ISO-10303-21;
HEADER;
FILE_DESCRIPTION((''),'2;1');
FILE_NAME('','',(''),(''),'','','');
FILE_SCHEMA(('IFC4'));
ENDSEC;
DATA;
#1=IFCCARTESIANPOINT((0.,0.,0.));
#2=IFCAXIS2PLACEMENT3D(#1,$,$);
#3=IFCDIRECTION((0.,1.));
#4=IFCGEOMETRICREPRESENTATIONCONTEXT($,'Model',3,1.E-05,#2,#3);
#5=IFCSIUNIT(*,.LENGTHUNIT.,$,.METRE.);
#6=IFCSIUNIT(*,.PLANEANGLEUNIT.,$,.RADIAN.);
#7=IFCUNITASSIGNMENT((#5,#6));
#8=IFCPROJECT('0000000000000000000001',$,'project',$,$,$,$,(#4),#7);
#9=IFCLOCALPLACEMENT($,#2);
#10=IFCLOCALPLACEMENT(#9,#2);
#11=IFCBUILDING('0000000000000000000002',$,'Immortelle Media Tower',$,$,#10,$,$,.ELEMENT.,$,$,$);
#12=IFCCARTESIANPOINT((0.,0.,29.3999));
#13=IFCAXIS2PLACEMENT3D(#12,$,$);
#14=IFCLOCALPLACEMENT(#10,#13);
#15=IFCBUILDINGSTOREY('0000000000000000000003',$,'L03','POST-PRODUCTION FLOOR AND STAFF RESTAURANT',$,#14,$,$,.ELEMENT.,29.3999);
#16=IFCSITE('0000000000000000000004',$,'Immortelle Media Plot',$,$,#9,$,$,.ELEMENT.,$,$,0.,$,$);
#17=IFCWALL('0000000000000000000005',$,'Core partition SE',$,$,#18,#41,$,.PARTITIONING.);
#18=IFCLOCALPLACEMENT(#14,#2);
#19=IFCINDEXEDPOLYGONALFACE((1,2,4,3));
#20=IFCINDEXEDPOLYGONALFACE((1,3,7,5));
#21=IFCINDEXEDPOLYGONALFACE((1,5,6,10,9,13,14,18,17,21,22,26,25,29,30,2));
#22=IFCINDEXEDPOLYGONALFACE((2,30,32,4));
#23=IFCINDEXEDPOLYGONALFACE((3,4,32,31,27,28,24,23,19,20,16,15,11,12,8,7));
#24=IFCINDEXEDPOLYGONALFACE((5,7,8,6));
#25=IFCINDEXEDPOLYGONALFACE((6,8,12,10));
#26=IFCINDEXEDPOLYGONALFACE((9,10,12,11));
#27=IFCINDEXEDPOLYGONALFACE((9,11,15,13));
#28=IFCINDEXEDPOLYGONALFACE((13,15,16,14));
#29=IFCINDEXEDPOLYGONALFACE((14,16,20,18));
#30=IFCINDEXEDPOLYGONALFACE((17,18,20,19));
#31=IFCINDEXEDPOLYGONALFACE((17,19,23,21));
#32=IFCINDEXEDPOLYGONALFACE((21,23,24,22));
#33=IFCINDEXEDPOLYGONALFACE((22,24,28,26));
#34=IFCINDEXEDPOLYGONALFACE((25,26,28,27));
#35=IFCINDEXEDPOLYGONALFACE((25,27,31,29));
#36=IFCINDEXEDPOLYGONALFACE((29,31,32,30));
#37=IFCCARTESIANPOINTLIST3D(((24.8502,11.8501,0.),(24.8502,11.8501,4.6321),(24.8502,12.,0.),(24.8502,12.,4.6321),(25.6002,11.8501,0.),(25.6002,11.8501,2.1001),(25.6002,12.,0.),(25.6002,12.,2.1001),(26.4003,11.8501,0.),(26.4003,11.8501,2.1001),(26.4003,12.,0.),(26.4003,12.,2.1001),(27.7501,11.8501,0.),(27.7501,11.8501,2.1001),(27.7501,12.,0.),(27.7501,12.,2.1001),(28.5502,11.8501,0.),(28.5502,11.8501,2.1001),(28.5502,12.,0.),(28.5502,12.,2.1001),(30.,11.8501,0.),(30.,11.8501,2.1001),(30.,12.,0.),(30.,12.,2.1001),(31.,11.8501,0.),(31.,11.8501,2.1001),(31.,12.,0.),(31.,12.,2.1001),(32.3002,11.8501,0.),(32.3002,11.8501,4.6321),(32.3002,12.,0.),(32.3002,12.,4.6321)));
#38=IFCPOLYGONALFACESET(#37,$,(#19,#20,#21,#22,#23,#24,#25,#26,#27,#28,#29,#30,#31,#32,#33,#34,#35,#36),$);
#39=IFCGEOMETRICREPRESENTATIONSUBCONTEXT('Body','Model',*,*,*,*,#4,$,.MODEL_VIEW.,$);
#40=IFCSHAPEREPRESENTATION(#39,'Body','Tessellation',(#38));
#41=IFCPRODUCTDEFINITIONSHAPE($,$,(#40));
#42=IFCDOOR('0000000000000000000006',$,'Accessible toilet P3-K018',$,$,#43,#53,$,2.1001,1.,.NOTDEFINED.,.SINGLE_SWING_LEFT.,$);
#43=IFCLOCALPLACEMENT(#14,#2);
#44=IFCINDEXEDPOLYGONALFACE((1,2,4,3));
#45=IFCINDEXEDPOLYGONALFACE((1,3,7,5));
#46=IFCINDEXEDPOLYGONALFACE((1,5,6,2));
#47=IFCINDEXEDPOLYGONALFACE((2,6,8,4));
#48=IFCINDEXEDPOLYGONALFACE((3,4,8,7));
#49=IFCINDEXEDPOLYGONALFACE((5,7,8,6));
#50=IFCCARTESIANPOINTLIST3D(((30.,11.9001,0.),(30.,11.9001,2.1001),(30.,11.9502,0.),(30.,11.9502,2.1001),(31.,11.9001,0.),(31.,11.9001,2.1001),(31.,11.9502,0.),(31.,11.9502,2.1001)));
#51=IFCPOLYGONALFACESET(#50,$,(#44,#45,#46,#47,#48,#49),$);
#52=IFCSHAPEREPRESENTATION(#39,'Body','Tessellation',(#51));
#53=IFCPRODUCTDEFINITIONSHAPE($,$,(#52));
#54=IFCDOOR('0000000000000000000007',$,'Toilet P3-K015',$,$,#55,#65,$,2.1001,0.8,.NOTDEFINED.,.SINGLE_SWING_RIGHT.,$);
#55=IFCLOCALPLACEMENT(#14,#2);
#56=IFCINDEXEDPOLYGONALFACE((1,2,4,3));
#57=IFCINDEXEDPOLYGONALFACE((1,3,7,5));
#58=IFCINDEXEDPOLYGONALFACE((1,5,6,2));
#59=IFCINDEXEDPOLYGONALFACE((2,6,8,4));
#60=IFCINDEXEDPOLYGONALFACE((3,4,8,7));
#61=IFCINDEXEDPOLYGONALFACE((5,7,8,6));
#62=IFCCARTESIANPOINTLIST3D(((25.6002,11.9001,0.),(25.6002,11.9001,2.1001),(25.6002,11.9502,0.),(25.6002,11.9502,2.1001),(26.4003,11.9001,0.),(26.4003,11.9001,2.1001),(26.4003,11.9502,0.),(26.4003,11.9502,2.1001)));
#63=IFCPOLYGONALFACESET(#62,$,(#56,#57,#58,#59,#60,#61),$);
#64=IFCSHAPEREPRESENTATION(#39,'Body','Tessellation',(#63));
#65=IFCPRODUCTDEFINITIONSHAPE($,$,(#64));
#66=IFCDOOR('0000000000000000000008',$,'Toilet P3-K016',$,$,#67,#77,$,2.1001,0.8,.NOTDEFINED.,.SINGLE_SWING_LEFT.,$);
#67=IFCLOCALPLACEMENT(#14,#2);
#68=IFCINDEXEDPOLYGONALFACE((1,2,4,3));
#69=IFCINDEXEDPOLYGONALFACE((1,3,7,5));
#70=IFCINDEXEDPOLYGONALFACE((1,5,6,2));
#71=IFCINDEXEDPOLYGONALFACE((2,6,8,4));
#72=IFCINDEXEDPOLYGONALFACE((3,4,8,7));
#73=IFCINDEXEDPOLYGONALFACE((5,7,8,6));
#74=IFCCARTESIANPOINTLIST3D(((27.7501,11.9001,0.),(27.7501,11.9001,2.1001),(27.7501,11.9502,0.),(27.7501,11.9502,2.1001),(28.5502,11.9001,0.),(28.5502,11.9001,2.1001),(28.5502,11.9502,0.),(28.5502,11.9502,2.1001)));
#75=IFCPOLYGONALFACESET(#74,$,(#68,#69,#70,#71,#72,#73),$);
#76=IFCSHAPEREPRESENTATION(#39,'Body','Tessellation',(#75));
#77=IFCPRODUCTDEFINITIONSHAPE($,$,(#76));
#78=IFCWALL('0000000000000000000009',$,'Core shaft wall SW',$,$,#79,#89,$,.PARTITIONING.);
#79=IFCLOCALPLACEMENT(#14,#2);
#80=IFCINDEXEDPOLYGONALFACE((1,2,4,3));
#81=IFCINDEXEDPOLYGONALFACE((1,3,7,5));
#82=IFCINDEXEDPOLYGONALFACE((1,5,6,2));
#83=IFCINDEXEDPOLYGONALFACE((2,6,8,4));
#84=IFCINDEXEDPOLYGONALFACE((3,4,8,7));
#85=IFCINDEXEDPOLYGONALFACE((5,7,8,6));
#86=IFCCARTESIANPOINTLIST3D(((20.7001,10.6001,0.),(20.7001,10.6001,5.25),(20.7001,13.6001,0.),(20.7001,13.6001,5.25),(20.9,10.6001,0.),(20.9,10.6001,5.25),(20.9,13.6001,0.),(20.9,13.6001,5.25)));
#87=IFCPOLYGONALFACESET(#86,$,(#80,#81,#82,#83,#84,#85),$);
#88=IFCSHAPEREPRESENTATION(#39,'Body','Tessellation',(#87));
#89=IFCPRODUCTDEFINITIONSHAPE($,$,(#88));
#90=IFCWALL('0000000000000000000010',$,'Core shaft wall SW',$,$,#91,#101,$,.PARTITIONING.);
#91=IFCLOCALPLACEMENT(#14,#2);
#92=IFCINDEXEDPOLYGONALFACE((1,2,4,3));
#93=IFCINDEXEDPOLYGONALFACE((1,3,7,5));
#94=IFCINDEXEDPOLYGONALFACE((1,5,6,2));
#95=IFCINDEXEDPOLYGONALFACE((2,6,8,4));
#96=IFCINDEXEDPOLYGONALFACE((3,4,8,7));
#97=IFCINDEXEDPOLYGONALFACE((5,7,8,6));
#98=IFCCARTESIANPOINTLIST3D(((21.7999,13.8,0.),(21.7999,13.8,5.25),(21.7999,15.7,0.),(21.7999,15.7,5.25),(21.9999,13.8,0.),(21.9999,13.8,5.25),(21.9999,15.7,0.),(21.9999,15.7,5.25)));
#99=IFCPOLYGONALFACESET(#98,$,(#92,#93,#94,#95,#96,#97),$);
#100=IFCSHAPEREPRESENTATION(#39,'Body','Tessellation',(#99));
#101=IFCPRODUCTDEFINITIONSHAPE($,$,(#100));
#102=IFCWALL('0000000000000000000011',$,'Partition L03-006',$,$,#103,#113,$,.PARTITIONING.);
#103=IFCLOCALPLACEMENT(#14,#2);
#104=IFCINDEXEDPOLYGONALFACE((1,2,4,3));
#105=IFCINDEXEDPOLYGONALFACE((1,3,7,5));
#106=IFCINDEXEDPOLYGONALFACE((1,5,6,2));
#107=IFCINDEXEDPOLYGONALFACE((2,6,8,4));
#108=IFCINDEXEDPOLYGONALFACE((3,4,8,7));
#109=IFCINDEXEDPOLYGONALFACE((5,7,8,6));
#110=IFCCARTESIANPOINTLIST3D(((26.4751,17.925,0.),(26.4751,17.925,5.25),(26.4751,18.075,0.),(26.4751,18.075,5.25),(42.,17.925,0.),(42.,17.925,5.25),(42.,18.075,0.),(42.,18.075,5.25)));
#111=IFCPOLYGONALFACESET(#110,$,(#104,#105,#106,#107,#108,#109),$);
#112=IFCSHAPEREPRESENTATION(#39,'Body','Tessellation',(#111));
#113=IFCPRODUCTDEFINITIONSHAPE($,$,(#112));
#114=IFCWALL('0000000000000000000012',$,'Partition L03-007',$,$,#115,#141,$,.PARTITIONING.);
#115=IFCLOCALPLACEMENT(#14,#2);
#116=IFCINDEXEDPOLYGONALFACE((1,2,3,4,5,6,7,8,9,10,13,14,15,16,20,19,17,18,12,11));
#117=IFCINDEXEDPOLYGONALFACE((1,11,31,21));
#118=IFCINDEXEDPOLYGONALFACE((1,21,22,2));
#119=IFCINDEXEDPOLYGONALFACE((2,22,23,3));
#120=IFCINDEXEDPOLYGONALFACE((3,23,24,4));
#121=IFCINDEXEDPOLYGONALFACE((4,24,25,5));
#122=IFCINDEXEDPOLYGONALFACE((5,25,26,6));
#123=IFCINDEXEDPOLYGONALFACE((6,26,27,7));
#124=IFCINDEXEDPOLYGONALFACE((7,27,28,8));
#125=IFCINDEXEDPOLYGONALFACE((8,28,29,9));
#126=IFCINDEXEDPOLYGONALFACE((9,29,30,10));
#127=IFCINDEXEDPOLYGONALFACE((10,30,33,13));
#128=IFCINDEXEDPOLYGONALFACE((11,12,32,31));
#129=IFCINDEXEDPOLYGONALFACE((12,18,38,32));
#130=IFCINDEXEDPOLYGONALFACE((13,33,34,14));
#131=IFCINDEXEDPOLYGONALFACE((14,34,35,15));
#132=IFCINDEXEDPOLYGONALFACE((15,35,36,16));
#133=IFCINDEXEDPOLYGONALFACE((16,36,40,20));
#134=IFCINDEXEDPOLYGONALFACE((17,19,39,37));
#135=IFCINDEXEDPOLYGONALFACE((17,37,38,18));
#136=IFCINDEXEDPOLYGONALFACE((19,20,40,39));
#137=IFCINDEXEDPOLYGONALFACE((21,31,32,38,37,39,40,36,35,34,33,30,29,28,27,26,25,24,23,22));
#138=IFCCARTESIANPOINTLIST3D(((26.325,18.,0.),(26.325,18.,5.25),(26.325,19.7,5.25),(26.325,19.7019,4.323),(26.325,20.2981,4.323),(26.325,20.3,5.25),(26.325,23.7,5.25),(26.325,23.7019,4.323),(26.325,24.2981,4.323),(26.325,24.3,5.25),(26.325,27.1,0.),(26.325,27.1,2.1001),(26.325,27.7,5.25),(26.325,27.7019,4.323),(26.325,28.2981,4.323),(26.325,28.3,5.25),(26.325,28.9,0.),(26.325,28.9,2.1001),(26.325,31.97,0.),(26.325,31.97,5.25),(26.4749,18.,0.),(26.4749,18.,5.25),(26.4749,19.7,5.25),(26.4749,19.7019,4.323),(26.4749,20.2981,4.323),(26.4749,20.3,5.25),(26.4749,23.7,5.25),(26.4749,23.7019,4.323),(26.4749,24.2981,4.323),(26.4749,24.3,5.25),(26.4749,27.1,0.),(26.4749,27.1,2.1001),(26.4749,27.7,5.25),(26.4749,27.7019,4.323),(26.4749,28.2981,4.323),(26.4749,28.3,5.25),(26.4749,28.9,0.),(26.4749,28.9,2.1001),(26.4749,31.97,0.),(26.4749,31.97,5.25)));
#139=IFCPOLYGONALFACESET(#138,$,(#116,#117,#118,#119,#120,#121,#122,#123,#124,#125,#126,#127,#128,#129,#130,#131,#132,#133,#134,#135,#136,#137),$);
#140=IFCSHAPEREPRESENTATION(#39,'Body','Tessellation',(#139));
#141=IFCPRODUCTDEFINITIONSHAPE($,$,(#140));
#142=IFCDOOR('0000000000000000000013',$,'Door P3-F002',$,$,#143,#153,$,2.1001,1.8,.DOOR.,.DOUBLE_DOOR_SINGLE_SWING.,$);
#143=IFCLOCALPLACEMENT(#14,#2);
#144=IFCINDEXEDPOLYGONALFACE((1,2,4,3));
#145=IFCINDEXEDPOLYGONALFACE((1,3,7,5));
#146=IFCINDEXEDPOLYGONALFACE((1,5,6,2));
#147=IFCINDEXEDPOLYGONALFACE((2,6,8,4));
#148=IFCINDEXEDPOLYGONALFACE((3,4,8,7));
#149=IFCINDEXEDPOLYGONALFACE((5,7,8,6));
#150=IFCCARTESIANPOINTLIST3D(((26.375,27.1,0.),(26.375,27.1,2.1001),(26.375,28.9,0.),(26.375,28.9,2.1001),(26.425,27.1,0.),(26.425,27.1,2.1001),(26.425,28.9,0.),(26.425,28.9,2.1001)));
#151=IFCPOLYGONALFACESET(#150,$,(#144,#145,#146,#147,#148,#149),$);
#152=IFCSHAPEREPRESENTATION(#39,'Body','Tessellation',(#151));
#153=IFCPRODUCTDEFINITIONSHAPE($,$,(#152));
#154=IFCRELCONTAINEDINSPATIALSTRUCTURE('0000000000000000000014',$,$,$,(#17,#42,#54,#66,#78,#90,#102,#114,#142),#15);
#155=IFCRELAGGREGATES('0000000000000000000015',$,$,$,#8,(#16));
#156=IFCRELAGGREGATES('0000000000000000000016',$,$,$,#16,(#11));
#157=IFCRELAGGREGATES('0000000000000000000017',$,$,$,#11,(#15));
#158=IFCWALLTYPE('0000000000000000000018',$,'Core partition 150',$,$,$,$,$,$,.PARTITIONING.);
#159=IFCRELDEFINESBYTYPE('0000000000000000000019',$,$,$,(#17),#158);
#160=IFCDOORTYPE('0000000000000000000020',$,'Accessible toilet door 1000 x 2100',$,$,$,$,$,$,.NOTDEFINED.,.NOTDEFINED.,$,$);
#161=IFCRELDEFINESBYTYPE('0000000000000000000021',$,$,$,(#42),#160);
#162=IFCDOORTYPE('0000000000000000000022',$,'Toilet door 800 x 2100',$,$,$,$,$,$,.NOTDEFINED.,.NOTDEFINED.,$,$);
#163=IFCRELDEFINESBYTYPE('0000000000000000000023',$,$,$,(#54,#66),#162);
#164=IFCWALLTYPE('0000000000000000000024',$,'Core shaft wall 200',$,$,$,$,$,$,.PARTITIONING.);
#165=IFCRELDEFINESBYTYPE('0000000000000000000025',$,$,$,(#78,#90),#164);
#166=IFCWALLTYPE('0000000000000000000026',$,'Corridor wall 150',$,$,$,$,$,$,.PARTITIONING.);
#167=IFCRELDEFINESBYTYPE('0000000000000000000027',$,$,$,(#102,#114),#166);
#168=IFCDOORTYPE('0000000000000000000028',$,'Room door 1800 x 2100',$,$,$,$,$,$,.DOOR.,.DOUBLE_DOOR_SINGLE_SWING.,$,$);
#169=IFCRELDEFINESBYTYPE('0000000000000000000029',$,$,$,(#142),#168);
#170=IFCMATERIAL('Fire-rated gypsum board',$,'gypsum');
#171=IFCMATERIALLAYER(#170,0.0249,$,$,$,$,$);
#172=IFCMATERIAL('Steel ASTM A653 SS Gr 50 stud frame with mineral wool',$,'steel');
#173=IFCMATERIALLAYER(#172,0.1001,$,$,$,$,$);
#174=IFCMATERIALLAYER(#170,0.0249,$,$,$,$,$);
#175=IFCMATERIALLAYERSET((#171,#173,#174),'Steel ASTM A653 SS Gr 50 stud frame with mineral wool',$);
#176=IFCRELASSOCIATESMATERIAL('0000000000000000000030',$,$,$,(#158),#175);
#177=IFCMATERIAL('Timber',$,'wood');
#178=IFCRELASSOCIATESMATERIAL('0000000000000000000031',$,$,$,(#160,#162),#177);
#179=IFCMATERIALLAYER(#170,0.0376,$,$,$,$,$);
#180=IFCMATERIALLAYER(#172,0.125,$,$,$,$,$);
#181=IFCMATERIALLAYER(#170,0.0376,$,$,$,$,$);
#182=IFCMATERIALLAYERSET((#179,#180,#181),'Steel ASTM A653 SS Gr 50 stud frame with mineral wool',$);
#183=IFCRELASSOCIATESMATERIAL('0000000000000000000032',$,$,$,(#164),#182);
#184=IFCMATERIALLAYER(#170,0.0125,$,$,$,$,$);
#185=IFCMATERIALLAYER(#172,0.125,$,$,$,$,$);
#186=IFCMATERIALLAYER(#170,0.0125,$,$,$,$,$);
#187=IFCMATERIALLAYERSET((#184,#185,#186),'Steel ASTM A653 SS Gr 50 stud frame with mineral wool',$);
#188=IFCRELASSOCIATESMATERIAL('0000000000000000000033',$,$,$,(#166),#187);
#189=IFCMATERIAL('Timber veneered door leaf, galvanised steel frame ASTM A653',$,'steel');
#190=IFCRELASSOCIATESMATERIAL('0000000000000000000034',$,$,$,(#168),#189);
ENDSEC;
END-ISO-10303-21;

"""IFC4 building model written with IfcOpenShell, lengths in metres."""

from ifc_helpers import new_model, si_unit, direction, frame, frame_2d, origin, place, context, subcontext, project, spatial, polyline, rectangle, outline, extrude, material, layer, layer_set, type_object, element, fill, save


model = new_model("IFC4")

# Units and contexts
model_context = context("Model", 3, precision=1e-05, world=origin(), true_north=direction((0.0, 1.0)))
body_context = subcontext(model_context, "Body", "Model", "MODEL_VIEW")
ifc_project = project(units=[si_unit("LENGTHUNIT", "METRE"), si_unit("PLANEANGLEUNIT", "RADIAN")], contexts=[model_context])

# Site, building, storey
site_placement = place(None, origin())
site = spatial("IfcSite", under=ifc_project, at=site_placement, Name="Immortelle Media Plot", CompositionType="ELEMENT", RefElevation=0.0)
building_placement = place(site_placement, origin())
building = spatial("IfcBuilding", under=site, at=building_placement, Name="Immortelle Media Tower", CompositionType="ELEMENT")
storey_placement = place(building_placement, frame((0.0, 0.0, 29.3999)))
storey = spatial("IfcBuildingStorey", under=building, at=storey_placement, Name="L03", Description="POST-PRODUCTION FLOOR AND STAFF RESTAURANT", CompositionType="ELEMENT", Elevation=29.3999)

# Wall, openings, doors
ifc_material_1 = material(Name="Fire-rated gypsum board", Category="gypsum")
ifc_layer_1 = layer(ifc_material_1, 0.0249)
ifc_material_2 = material(Name="Steel ASTM A653 SS Gr 50 stud frame with mineral wool", Category="steel")
ifc_layer_2 = layer(ifc_material_2, 0.1001)
ifc_layer_3 = layer(ifc_material_1, 0.0249)
ifc_layer_set_1 = layer_set([ifc_layer_1, ifc_layer_2, ifc_layer_3], Name="Steel ASTM A653 SS Gr 50 stud frame with mineral wool")
wall_type_1 = type_object("IfcWallType", Name="Core partition 150", PredefinedType="PARTITIONING", material=ifc_layer_set_1)
wall_1_placement = place(storey_placement, frame((24.8501, 11.925, 0.0), z_axis=(0.0, 0.0, 1.0), x_axis=(1.0, 0.0, 0.0)))
wall_1 = element("IfcWall", 1, at=wall_1_placement, inside=storey, type_object=wall_type_1, Name="Core partition SE", PredefinedType="PARTITIONING", context=body_context, shape_type="SweptSolid", body=[
    extrude(rectangle(XDim=7.45, YDim=0.1499, at=frame_2d((3.7251, 0.0))), origin(), (0.0, 0.0, 1.0), 4.6321),
])
opening_1_placement = place(wall_1_placement, frame((1.55, 0.0, 0.0), z_axis=(0.0, 0.0, 1.0), x_axis=(-1.0, 0.0, 0.0)))
opening_1 = element("IfcOpeningElement", 2, at=opening_1_placement, cuts=wall_1, PredefinedType="OPENING", context=body_context, shape_type="SweptSolid", body=[
    extrude(rectangle(XDim=0.8, YDim=2.1001, at=frame_2d((0.3999, 1.05))), frame((0.0, 0.085, 0.0), z_axis=(0.0, -1.0, 0.0), x_axis=(1.0, 0.0, 0.0)), (0.0, 0.0, 1.0), 0.1699),
])
opening_2_placement = place(wall_1_placement, frame((3.7, 0.0, 0.0), z_axis=(0.0, 0.0, 1.0), x_axis=(-1.0, 0.0, 0.0)))
opening_2 = element("IfcOpeningElement", 3, at=opening_2_placement, cuts=wall_1, PredefinedType="OPENING", context=body_context, shape_type="SweptSolid", body=[
    extrude(rectangle(XDim=0.8, YDim=2.1001, at=frame_2d((0.3999, 1.05))), frame((0.0, 0.085, 0.0), z_axis=(0.0, -1.0, 0.0), x_axis=(1.0, 0.0, 0.0)), (0.0, 0.0, 1.0), 0.1699),
])
opening_3_placement = place(wall_1_placement, frame((6.1499, 0.0, 0.0), z_axis=(0.0, 0.0, 1.0), x_axis=(-1.0, 0.0, 0.0)))
opening_3 = element("IfcOpeningElement", 4, at=opening_3_placement, cuts=wall_1, PredefinedType="OPENING", context=body_context, shape_type="SweptSolid", body=[
    extrude(rectangle(XDim=1.0, YDim=2.1001, at=frame_2d((0.5, 1.05))), frame((0.0, 0.085, 0.0), z_axis=(0.0, -1.0, 0.0), x_axis=(1.0, 0.0, 0.0)), (0.0, 0.0, 1.0), 0.1699),
])
ifc_material_3 = material(Name="Timber", Category="wood")
door_type_1 = type_object("IfcDoorType", Name="Accessible toilet door 1000 x 2100", OperationType="NOTDEFINED", PredefinedType="NOTDEFINED", material=ifc_material_3)
door_1_placement = place(opening_3_placement, origin())
door_1 = element("IfcDoor", 5, at=door_1_placement, inside=storey, type_object=door_type_1, Name="Accessible toilet P3-K018", OperationType="SINGLE_SWING_LEFT", OverallHeight=2.1001, OverallWidth=1.0, PredefinedType="NOTDEFINED", context=body_context, shape_type="SweptSolid", body=[
    extrude(rectangle(XDim=1.0, YDim=2.1001, at=frame_2d((0.5, 1.05))), frame((0.0, 0.0249, 0.0), z_axis=(0.0, -1.0, 0.0), x_axis=(1.0, 0.0, 0.0)), (0.0, 0.0, 1.0), 0.05),
])
fill(opening_3, door_1)
door_type_2 = type_object("IfcDoorType", Name="Toilet door 800 x 2100", OperationType="NOTDEFINED", PredefinedType="NOTDEFINED", material=ifc_material_3)
door_2_placement = place(opening_1_placement, origin())
door_2 = element("IfcDoor", 6, at=door_2_placement, inside=storey, type_object=door_type_2, Name="Toilet P3-K015", OperationType="SINGLE_SWING_RIGHT", OverallHeight=2.1001, OverallWidth=0.8, PredefinedType="NOTDEFINED", context=body_context, shape_type="SweptSolid", body=[
    extrude(rectangle(XDim=0.8, YDim=2.1001, at=frame_2d((0.3999, 1.05))), frame((0.0, 0.0249, 0.0), z_axis=(0.0, -1.0, 0.0), x_axis=(1.0, 0.0, 0.0)), (0.0, 0.0, 1.0), 0.05),
])
fill(opening_1, door_2)
door_3_placement = place(opening_2_placement, origin())
door_3 = element("IfcDoor", 7, at=door_3_placement, inside=storey, type_object=door_type_2, Name="Toilet P3-K016", OperationType="SINGLE_SWING_LEFT", OverallHeight=2.1001, OverallWidth=0.8, PredefinedType="NOTDEFINED", context=body_context, shape_type="SweptSolid", body=[
    extrude(rectangle(XDim=0.8, YDim=2.1001, at=frame_2d((0.3999, 1.05))), frame((0.0, 0.0249, 0.0), z_axis=(0.0, -1.0, 0.0), x_axis=(1.0, 0.0, 0.0)), (0.0, 0.0, 1.0), 0.05),
])
fill(opening_2, door_3)

# Walls
ifc_layer_4 = layer(ifc_material_1, 0.0376)
ifc_layer_5 = layer(ifc_material_2, 0.125)
ifc_layer_6 = layer(ifc_material_1, 0.0376)
ifc_layer_set_2 = layer_set([ifc_layer_4, ifc_layer_5, ifc_layer_6], Name="Steel ASTM A653 SS Gr 50 stud frame with mineral wool")
wall_type_2 = type_object("IfcWallType", Name="Core shaft wall 200", PredefinedType="PARTITIONING", material=ifc_layer_set_2)
wall_2_placement = place(storey_placement, frame((20.8, 10.6001, 0.0), z_axis=(0.0, 0.0, 1.0), x_axis=(0.0, 1.0, 0.0)))
element("IfcWall", 8, at=wall_2_placement, inside=storey, type_object=wall_type_2, Name="Core shaft wall SW", PredefinedType="PARTITIONING", context=body_context, shape_type="SweptSolid", body=[
    extrude(rectangle(XDim=3.0, YDim=0.2, at=frame_2d((1.5, 0.0))), origin(), (0.0, 0.0, 1.0), 5.25),
])
wall_3_placement = place(storey_placement, frame((21.8999, 13.8, 0.0), z_axis=(0.0, 0.0, 1.0), x_axis=(0.0, 1.0, 0.0)))
element("IfcWall", 9, at=wall_3_placement, inside=storey, type_object=wall_type_2, Name="Core shaft wall SW", PredefinedType="PARTITIONING", context=body_context, shape_type="SweptSolid", body=[
    extrude(rectangle(XDim=1.8999, YDim=0.2, at=frame_2d((0.95, 0.0))), origin(), (0.0, 0.0, 1.0), 5.25),
])
ifc_layer_7 = layer(ifc_material_1, 0.0125)
ifc_layer_8 = layer(ifc_material_2, 0.125)
ifc_layer_9 = layer(ifc_material_1, 0.0125)
ifc_layer_set_3 = layer_set([ifc_layer_7, ifc_layer_8, ifc_layer_9], Name="Steel ASTM A653 SS Gr 50 stud frame with mineral wool")
wall_type_3 = type_object("IfcWallType", Name="Corridor wall 150", PredefinedType="PARTITIONING", material=ifc_layer_set_3)
wall_4_placement = place(storey_placement, frame((26.4751, 18.0, 0.0), z_axis=(0.0, 0.0, 1.0), x_axis=(1.0, 0.0, 0.0)))
element("IfcWall", 10, at=wall_4_placement, inside=storey, type_object=wall_type_3, Name="Partition L03-006", PredefinedType="PARTITIONING", context=body_context, shape_type="SweptSolid", body=[
    extrude(rectangle(XDim=15.5249, YDim=0.1499, at=frame_2d((7.7625, 0.0))), origin(), (0.0, 0.0, 1.0), 5.25),
])

# Wall, opening, door
wall_5_placement = place(storey_placement, frame((26.3999, 18.0, 0.0), z_axis=(0.0, 0.0, 1.0), x_axis=(0.0, 1.0, 0.0)))
wall_5 = element("IfcWall", 11, at=wall_5_placement, inside=storey, type_object=wall_type_3, Name="Partition L03-007", PredefinedType="PARTITIONING", context=body_context, shape_type="SweptSolid", body=[
    extrude(outline(polyline([(0.0, 0.0), (13.97, 0.0), (13.97, 5.25), (10.3, 5.25), (10.2981, 4.323), (9.7019, 4.323), (9.7, 5.25), (6.3, 5.25), (6.2981, 4.323), (5.7019, 4.323), (5.7, 5.25), (2.3, 5.25), (2.2981, 4.323), (1.7019, 4.323), (1.7, 5.25), (0.0, 5.25), (0.0, 0.0)])), frame((0.0, 0.075, 0.0), z_axis=(0.0, -1.0, 0.0), x_axis=(1.0, 0.0, 0.0)), (0.0, 0.0, 1.0), 0.1499),
])
opening_4_placement = place(wall_5_placement, frame((9.1001, 0.0, 0.0)))
opening_4 = element("IfcOpeningElement", 12, at=opening_4_placement, cuts=wall_5, PredefinedType="OPENING", context=body_context, shape_type="SweptSolid", body=[
    extrude(rectangle(XDim=1.8, YDim=2.1001, at=frame_2d((0.8999, 1.05))), frame((0.0, 0.085, 0.0), z_axis=(0.0, -1.0, 0.0), x_axis=(1.0, 0.0, 0.0)), (0.0, 0.0, 1.0), 0.1699),
])
ifc_material_4 = material(Name="Timber veneered door leaf, galvanised steel frame ASTM A653", Category="steel")
door_type_3 = type_object("IfcDoorType", Name="Room door 1800 x 2100", OperationType="DOUBLE_DOOR_SINGLE_SWING", PredefinedType="DOOR", material=ifc_material_4)
door_4_placement = place(opening_4_placement, origin())
door_4 = element("IfcDoor", 13, at=door_4_placement, inside=storey, type_object=door_type_3, Name="Door P3-F002", OperationType="DOUBLE_DOOR_SINGLE_SWING", OverallHeight=2.1001, OverallWidth=1.8, PredefinedType="DOOR", context=body_context, shape_type="SweptSolid", body=[
    extrude(rectangle(XDim=1.8, YDim=2.1001, at=frame_2d((0.8999, 1.05))), frame((0.0, 0.0249, 0.0), z_axis=(0.0, -1.0, 0.0), x_axis=(1.0, 0.0, 0.0)), (0.0, 0.0, 1.0), 0.05),
])
fill(opening_4, door_4)

save(model, "model.ifc")
